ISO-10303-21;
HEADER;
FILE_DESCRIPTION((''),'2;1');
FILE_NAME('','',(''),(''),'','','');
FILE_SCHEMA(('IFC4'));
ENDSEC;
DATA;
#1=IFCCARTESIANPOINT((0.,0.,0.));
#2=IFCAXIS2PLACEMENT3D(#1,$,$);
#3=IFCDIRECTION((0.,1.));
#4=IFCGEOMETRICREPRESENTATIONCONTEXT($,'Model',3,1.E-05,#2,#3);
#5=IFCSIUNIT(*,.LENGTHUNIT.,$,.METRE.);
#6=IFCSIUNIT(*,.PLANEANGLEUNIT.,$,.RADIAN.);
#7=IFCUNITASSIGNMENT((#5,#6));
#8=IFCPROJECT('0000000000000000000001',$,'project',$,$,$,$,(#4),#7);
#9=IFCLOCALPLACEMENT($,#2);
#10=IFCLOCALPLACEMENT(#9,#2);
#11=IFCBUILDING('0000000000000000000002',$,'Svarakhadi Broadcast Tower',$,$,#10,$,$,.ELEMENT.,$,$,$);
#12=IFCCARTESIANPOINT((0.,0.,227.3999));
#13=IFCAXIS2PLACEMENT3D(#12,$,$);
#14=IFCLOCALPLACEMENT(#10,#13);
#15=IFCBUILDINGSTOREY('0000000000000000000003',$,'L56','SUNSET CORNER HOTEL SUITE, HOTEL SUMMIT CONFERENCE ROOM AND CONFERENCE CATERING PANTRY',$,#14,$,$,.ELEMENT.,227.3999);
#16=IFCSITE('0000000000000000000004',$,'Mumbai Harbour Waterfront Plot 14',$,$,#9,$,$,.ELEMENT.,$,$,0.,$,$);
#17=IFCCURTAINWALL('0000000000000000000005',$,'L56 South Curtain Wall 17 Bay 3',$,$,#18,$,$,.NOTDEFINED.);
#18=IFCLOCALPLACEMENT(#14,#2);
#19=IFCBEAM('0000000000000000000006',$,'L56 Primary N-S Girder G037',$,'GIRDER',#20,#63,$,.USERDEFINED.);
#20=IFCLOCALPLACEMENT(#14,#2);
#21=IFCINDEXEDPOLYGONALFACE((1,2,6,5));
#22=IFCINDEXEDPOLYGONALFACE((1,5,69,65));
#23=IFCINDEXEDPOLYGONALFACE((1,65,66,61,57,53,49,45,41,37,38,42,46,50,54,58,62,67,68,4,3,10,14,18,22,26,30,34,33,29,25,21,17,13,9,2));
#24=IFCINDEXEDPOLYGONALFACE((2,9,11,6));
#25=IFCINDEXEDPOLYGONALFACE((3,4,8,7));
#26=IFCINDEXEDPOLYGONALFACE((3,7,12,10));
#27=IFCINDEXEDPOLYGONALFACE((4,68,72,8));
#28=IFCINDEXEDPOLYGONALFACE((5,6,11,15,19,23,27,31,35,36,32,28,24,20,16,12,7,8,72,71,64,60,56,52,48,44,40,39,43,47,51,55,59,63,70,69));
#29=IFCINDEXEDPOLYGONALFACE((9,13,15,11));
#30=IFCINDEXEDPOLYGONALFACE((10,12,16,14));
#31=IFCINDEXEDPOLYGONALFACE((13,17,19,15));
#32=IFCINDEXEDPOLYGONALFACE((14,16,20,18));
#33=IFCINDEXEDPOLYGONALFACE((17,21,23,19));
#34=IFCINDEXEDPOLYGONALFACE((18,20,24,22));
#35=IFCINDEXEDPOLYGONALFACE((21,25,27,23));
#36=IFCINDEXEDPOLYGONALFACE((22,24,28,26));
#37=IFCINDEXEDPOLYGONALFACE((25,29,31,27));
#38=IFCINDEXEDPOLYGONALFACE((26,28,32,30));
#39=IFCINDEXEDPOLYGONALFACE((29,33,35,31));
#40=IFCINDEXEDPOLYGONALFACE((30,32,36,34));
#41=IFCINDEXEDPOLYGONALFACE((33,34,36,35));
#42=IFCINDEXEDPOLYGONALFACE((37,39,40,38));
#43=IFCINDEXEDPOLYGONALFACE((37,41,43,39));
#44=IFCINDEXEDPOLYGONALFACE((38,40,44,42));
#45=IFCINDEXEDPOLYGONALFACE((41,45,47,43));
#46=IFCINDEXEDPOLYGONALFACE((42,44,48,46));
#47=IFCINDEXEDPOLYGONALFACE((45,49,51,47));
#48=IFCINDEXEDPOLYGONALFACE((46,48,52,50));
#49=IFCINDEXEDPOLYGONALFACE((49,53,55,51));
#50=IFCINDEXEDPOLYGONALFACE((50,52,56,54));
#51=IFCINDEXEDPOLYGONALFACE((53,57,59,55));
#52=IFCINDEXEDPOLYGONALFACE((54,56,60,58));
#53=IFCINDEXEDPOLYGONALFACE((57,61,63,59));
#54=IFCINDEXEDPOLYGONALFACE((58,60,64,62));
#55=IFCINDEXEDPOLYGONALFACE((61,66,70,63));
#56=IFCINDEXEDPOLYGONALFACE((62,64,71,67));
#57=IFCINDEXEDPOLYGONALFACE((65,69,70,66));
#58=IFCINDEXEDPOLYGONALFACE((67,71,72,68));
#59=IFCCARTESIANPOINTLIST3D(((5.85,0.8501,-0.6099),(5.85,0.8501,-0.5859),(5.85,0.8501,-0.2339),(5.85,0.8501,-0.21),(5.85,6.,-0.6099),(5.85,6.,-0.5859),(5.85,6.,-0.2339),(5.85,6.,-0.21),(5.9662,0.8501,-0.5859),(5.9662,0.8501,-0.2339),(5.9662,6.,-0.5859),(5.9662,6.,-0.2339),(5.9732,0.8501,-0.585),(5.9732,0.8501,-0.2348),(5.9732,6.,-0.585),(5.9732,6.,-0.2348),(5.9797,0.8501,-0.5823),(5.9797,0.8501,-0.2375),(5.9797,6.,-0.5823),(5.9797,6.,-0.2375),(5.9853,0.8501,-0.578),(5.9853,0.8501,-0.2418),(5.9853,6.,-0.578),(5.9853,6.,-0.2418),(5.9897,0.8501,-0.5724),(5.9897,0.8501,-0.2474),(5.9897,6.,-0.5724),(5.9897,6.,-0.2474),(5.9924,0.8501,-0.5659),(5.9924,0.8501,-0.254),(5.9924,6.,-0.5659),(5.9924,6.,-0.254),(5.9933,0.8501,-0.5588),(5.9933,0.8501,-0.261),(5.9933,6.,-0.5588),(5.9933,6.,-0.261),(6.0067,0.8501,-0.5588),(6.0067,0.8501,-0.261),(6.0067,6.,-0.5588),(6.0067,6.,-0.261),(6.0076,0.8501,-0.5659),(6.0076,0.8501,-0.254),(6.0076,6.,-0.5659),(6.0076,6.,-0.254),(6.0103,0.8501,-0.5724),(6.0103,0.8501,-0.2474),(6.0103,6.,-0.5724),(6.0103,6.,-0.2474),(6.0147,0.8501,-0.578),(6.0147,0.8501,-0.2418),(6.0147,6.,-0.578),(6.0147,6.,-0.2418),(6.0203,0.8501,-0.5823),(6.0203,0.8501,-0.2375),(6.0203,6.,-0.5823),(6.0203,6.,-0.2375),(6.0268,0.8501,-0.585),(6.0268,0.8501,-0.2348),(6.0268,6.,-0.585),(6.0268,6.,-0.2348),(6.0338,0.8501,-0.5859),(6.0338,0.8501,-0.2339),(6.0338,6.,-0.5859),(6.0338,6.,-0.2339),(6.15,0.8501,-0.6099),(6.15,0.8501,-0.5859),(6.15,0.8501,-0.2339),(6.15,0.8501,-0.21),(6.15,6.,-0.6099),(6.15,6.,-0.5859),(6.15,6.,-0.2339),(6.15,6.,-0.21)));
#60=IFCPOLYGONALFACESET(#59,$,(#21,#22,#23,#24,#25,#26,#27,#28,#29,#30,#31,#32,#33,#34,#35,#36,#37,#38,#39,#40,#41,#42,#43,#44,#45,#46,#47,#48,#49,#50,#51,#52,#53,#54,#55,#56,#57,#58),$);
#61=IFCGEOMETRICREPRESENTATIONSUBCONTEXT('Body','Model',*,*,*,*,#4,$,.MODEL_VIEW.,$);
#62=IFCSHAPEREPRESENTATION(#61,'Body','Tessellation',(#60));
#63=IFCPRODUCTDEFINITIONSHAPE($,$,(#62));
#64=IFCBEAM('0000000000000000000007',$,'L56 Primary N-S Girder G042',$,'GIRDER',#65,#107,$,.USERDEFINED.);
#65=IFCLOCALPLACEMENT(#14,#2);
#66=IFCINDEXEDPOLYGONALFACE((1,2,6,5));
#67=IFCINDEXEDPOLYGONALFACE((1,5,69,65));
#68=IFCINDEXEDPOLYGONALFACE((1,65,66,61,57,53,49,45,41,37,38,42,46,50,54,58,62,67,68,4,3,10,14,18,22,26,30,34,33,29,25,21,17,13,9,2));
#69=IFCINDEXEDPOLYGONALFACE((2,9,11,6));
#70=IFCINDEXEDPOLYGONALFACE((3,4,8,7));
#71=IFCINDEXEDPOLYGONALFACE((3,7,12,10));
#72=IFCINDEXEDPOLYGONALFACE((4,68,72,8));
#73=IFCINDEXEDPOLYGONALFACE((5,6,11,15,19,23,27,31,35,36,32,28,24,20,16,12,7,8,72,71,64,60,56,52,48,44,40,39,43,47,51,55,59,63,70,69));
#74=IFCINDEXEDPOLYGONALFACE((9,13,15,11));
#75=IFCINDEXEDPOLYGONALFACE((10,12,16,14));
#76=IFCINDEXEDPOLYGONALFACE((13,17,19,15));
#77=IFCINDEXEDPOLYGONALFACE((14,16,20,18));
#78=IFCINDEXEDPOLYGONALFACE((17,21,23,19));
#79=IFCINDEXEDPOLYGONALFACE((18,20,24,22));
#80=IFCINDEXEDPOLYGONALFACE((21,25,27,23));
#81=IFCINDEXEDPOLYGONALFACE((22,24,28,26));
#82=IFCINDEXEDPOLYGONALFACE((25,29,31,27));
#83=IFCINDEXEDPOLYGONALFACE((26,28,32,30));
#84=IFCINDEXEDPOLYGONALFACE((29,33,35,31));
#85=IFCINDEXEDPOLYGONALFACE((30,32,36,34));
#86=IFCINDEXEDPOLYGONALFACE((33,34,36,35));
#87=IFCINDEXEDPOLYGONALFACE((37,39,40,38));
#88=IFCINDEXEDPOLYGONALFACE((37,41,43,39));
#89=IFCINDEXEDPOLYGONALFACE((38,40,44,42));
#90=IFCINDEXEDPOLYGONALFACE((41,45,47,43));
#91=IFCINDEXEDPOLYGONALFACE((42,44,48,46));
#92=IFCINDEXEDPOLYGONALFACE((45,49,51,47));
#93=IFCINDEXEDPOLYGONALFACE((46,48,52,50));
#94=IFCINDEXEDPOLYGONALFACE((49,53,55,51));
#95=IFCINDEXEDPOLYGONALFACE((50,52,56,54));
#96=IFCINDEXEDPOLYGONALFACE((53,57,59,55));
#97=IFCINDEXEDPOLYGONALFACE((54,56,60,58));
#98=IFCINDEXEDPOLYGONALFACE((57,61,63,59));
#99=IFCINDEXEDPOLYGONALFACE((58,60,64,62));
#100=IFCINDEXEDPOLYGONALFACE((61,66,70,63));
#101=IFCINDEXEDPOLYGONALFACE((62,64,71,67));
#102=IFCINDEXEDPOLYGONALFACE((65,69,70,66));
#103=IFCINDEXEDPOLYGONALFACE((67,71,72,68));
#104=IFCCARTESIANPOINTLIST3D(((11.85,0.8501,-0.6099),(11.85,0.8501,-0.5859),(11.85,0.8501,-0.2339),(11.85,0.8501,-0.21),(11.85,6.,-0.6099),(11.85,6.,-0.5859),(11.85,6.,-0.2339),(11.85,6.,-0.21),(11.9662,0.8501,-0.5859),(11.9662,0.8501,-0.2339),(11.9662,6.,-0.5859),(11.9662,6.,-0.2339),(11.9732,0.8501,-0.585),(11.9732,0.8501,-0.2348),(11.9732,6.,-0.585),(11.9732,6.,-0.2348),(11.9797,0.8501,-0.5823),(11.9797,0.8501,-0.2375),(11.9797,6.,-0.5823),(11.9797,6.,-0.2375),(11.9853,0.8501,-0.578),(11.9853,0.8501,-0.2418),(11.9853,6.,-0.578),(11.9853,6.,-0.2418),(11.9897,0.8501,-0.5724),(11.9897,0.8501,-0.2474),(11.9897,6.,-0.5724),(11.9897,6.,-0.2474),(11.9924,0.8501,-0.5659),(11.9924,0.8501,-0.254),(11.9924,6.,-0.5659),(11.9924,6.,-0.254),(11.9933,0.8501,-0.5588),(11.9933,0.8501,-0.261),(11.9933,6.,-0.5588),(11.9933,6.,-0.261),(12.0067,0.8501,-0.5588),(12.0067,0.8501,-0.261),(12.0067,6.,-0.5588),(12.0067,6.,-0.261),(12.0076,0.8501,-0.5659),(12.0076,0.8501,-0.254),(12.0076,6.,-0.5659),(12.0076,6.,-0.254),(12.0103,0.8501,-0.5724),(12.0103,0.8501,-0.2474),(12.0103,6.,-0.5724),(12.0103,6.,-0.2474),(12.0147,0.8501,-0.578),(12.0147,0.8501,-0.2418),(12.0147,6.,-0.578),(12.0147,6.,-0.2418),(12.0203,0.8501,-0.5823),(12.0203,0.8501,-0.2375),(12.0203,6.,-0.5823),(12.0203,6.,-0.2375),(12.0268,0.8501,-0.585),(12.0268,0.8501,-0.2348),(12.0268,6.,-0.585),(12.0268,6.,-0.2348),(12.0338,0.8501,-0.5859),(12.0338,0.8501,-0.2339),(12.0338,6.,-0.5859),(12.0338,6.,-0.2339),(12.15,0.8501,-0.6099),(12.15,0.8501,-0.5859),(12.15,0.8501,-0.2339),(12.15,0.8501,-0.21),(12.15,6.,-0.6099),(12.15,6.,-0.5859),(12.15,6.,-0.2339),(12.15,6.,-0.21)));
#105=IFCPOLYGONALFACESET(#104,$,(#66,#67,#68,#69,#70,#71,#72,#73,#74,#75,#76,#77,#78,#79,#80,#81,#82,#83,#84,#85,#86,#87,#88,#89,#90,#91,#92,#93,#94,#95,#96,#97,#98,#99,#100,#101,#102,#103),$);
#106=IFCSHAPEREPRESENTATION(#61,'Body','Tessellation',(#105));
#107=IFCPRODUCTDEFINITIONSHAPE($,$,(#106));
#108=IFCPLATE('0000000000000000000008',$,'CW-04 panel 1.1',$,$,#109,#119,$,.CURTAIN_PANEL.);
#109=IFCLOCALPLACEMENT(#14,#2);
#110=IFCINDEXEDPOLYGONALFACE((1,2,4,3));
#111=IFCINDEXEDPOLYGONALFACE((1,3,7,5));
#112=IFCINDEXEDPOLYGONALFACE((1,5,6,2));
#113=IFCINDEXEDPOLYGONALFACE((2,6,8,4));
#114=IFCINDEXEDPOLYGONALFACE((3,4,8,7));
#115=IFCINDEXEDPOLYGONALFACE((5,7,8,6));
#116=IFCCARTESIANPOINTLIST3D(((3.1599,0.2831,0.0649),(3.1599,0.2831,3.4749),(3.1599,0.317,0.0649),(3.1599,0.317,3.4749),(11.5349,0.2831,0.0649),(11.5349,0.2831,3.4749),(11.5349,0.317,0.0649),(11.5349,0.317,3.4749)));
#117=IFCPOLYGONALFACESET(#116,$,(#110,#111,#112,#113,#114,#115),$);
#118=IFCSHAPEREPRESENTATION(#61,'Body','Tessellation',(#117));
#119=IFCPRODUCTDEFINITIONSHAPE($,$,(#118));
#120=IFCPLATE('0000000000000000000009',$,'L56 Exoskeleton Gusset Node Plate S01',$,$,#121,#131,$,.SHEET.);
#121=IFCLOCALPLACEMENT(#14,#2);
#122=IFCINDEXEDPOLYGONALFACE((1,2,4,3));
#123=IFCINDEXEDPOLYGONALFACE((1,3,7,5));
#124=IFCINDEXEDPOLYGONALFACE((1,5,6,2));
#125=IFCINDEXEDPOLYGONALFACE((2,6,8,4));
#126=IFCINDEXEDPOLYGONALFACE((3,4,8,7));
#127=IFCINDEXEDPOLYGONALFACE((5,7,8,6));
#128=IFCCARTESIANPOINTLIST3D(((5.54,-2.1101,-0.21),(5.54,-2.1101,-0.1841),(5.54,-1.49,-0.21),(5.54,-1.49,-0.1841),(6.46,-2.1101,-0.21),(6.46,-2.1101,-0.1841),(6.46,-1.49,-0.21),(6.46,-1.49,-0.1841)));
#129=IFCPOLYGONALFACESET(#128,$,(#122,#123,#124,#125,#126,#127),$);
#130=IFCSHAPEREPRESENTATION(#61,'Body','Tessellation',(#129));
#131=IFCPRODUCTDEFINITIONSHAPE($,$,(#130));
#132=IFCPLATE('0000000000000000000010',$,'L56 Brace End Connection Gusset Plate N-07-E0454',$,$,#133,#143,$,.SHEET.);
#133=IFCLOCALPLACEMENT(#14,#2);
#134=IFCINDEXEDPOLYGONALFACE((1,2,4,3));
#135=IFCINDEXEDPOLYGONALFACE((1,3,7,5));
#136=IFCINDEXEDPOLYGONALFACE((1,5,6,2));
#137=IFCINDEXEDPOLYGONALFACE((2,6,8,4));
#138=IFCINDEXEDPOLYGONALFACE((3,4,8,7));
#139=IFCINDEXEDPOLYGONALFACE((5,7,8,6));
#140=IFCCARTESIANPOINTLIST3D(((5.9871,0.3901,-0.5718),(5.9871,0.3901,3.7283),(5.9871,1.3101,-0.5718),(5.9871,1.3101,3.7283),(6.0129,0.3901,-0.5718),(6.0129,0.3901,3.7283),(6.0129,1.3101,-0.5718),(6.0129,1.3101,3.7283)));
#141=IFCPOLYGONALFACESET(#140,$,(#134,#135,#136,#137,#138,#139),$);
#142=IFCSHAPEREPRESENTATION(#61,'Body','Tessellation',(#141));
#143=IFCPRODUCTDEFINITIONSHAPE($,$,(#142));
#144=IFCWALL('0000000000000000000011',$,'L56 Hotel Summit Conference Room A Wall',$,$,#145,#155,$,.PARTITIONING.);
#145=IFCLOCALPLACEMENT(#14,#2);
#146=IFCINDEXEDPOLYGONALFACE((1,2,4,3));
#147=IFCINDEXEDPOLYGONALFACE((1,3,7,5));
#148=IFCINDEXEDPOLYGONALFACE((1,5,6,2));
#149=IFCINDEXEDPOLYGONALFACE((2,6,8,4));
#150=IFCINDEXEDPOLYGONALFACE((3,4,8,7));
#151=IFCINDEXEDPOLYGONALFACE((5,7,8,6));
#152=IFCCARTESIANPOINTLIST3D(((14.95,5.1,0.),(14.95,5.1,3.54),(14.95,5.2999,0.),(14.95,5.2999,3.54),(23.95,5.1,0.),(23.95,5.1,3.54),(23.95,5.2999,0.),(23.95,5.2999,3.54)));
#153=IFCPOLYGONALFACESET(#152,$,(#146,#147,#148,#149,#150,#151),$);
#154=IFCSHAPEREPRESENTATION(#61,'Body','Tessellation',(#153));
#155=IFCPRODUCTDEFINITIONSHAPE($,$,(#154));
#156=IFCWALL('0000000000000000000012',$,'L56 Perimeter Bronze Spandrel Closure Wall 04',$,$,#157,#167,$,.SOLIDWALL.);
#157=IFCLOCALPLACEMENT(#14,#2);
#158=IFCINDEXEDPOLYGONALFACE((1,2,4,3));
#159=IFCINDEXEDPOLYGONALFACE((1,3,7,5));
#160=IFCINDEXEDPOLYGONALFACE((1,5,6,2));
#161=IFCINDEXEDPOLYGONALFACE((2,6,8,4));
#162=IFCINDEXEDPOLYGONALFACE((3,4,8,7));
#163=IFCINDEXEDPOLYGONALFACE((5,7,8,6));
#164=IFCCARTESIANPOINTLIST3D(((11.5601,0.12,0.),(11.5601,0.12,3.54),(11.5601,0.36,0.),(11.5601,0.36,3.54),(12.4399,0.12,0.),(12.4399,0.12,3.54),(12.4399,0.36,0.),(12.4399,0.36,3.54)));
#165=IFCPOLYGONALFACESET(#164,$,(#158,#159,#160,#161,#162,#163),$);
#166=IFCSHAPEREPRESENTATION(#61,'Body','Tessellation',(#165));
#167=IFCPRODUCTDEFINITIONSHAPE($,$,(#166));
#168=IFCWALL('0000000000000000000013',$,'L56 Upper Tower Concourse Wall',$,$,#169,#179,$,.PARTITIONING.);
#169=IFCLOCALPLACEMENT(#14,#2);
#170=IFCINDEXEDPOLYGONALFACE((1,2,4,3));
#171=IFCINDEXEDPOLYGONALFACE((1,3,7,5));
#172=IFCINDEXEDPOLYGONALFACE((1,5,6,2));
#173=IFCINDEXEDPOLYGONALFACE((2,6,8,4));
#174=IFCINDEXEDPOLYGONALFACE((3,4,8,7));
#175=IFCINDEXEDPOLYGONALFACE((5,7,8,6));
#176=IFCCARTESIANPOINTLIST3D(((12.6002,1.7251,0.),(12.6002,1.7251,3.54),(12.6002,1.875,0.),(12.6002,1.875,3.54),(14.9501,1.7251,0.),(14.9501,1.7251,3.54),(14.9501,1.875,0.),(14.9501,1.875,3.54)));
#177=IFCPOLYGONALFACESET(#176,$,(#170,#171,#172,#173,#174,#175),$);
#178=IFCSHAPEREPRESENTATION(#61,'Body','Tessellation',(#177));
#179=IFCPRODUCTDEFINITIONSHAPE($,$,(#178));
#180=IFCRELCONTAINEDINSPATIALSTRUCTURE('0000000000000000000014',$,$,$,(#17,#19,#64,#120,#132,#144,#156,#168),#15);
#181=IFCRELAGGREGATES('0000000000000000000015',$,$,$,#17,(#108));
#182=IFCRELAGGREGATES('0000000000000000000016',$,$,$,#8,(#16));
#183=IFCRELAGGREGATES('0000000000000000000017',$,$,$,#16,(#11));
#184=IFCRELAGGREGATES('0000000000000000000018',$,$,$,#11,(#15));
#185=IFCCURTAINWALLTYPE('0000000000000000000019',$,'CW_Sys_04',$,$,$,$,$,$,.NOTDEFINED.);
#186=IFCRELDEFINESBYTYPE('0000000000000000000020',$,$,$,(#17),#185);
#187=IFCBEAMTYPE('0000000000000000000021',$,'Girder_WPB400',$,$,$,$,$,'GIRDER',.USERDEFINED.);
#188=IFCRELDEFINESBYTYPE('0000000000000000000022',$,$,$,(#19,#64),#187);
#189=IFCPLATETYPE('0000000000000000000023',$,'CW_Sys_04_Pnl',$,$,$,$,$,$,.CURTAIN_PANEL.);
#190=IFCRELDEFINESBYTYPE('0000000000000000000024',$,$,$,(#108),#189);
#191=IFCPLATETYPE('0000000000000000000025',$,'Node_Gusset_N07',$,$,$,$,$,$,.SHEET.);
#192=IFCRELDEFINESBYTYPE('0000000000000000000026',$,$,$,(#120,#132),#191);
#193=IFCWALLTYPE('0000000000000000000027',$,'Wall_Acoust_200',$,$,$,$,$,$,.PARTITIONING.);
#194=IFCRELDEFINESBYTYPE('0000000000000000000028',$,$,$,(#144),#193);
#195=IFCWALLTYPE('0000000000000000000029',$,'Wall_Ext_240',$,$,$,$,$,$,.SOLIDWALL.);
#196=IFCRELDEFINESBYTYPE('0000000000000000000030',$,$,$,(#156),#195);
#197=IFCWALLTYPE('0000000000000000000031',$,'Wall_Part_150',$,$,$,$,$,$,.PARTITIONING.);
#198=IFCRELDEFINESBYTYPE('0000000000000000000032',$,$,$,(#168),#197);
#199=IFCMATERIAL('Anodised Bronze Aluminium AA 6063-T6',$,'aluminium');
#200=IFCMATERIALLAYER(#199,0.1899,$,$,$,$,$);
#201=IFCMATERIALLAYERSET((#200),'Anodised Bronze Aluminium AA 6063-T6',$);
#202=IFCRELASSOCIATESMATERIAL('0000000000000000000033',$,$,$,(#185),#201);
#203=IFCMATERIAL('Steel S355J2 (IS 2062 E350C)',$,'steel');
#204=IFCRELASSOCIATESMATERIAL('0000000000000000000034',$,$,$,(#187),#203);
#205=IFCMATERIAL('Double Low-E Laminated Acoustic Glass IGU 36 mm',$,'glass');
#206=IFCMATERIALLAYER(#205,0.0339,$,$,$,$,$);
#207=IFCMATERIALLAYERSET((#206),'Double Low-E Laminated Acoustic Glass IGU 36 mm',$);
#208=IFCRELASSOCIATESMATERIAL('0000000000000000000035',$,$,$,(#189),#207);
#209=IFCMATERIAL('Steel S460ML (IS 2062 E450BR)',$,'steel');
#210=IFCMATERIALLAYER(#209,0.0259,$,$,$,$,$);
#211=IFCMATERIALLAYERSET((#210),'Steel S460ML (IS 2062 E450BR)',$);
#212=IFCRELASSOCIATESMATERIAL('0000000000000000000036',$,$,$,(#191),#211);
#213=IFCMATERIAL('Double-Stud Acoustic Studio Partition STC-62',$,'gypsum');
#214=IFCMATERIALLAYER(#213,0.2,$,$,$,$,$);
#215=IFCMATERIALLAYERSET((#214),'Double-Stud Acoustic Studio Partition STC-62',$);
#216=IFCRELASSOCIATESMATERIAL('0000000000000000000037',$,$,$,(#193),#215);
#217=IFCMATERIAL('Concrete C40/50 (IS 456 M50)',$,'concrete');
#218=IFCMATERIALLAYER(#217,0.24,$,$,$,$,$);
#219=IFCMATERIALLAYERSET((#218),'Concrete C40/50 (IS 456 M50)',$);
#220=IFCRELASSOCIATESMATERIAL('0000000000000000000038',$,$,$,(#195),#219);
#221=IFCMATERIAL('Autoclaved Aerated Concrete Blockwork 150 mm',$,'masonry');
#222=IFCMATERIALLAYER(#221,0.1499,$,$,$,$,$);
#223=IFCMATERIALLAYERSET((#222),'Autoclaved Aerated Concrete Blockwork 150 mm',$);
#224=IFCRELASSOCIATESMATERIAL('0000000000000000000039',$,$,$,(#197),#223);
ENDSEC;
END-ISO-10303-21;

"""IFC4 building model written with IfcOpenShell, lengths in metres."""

from ifc_helpers import new_model, si_unit, direction, frame, frame_2d, origin, origin_2d, place, context, subcontext, project, spatial, rectangle, i_section, extrude, material, layer, layer_set, material_profile, profile_set, type_object, element, aggregate, save


model = new_model("IFC4")

# Units and contexts
model_context = context("Model", 3, precision=1e-05, world=origin(), true_north=direction((0.0, 1.0)))
body_context = subcontext(model_context, "Body", "Model", "MODEL_VIEW")
ifc_project = project(units=[si_unit("LENGTHUNIT", "METRE"), si_unit("PLANEANGLEUNIT", "RADIAN")], contexts=[model_context])

# Site, building, storey
site_placement = place(None, origin())
site = spatial("IfcSite", under=ifc_project, at=site_placement, Name="Mumbai Harbour Waterfront Plot 14", CompositionType="ELEMENT", RefElevation=0.0)
building_placement = place(site_placement, origin())
building = spatial("IfcBuilding", under=site, at=building_placement, Name="Svarakhadi Broadcast Tower", CompositionType="ELEMENT")
storey_placement = place(building_placement, frame((0.0, 0.0, 227.3999)))
storey = spatial("IfcBuildingStorey", under=building, at=storey_placement, Name="L56", Description="SUNSET CORNER HOTEL SUITE, HOTEL SUMMIT CONFERENCE ROOM AND CONFERENCE CATERING PANTRY", CompositionType="ELEMENT", Elevation=227.3999)

# Shared definitions
ifc_material_1 = material(Name="Steel S460ML (IS 2062 E450BR)", Category="steel")

# Shared definitions
ifc_material_2 = material(Name="Steel S355J2 (IS 2062 E350C)", Category="steel")

# Shared definitions
ifc_material_3 = material(Name="Anodised Bronze Aluminium AA 6063-T6", Category="aluminium")
ifc_layer_1 = layer(ifc_material_3, 0.1899)
ifc_layer_set_1 = layer_set([ifc_layer_1], Name="Anodised Bronze Aluminium AA 6063-T6")
curtain_wall_type = type_object("IfcCurtainWallType", Name="CW_Sys_04", PredefinedType="NOTDEFINED", material=ifc_layer_set_1)

# Curtain wall
curtain_wall_1_placement = place(storey_placement, origin())
curtain_wall_1 = element("IfcCurtainWall", 1, at=curtain_wall_1_placement, inside=storey, type_object=curtain_wall_type, Name="L56 South Curtain Wall 17 Bay 3", PredefinedType="NOTDEFINED")

# Beams
ifc_material_profile_1 = material_profile(ifc_material_2, i_section(OverallWidth=0.3, OverallDepth=0.3999, WebThickness=0.0134, FlangeThickness=0.0239, FilletRadius=0.0271, at=origin_2d()), Name="WPB 400x300x155")
ifc_profile_set_1 = profile_set([ifc_material_profile_1], Name="Steel S355J2 (IS 2062 E350C)")
beam_type_1 = type_object("IfcBeamType", Name="Girder_WPB400", ElementType="GIRDER", PredefinedType="USERDEFINED", material=ifc_profile_set_1)
for number, where, z_axis, x_axis, name in (
    (2, (6.0, 0.8501, -0.4099), (0.0, 1.0, 0.0), (-1.0, 0.0, 0.0), "L56 Primary N-S Girder G037"),
    (3, (12.0, 0.8501, -0.4099), (0.0, 1.0, 0.0), (-1.0, 0.0, 0.0), "L56 Primary N-S Girder G042"),
):
    element("IfcBeam", number, at=place(storey_placement, frame(where, z_axis=z_axis, x_axis=x_axis)), inside=storey, type_object=beam_type_1, Name=name, ObjectType="GIRDER", PredefinedType="USERDEFINED", context=body_context, shape_type="SweptSolid", body=[
        extrude(i_section(OverallWidth=0.3, OverallDepth=0.3999, WebThickness=0.0134, FlangeThickness=0.0239, FilletRadius=0.0271, at=origin_2d()), origin(), (0.0, 0.0, 1.0), 5.1499),
    ])

# Plate
ifc_material_4 = material(Name="Double Low-E Laminated Acoustic Glass IGU 36 mm", Category="glass")
ifc_layer_2 = layer(ifc_material_4, 0.0339)
ifc_layer_set_2 = layer_set([ifc_layer_2], Name="Double Low-E Laminated Acoustic Glass IGU 36 mm")
plate_type_1 = type_object("IfcPlateType", Name="CW_Sys_04_Pnl", PredefinedType="CURTAIN_PANEL", material=ifc_layer_set_2)
plate_1_placement = place(storey_placement, frame((7.3474, 0.3, 0.0649), z_axis=(0.0, 0.0, 1.0), x_axis=(-1.0, 0.0, 0.0)))
plate_1 = element("IfcPlate", 4, at=plate_1_placement, type_object=plate_type_1, Name="CW-04 panel 1.1", PredefinedType="CURTAIN_PANEL", context=body_context, shape_type="SweptSolid", body=[
    extrude(rectangle(XDim=8.375, YDim=0.0339, at=origin_2d()), origin(), (0.0, 0.0, 1.0), 3.4099),
])
aggregate(curtain_wall_1, [plate_1])

# Plates
ifc_layer_3 = layer(ifc_material_1, 0.0259)
ifc_layer_set_3 = layer_set([ifc_layer_3], Name="Steel S460ML (IS 2062 E450BR)")
plate_type_2 = type_object("IfcPlateType", Name="Node_Gusset_N07", PredefinedType="SHEET", material=ifc_layer_set_3)
plate_2_placement = place(storey_placement, frame((6.0, -1.8, -0.21), z_axis=(0.0, 0.0, 1.0), x_axis=(1.0, 0.0, 0.0)))
element("IfcPlate", 5, at=plate_2_placement, inside=storey, type_object=plate_type_2, Name="L56 Exoskeleton Gusset Node Plate S01", PredefinedType="SHEET", context=body_context, shape_type="SweptSolid", body=[
    extrude(rectangle(XDim=0.9199, YDim=0.6201, at=origin_2d()), origin(), (0.0, 0.0, 1.0), 0.0259),
])
plate_3_placement = place(storey_placement, frame((6.0, 0.8501, -0.5718), z_axis=(0.0, 0.0, 1.0), x_axis=(0.0, 1.0, 0.0)))
element("IfcPlate", 6, at=plate_3_placement, inside=storey, type_object=plate_type_2, Name="L56 Brace End Connection Gusset Plate N-07-E0454", PredefinedType="SHEET", context=body_context, shape_type="SweptSolid", body=[
    extrude(rectangle(XDim=0.9199, YDim=0.0259, at=origin_2d()), origin(), (0.0, 0.0, 1.0), 4.3),
])

# Walls
ifc_material_5 = material(Name="Double-Stud Acoustic Studio Partition STC-62", Category="gypsum")
ifc_layer_4 = layer(ifc_material_5, 0.2)
ifc_layer_set_4 = layer_set([ifc_layer_4], Name="Double-Stud Acoustic Studio Partition STC-62")
wall_type_1 = type_object("IfcWallType", Name="Wall_Acoust_200", PredefinedType="PARTITIONING", material=ifc_layer_set_4)
wall_1_placement = place(storey_placement, frame((14.95, 5.2, 0.0), z_axis=(0.0, 0.0, 1.0), x_axis=(1.0, 0.0, 0.0)))
element("IfcWall", 7, at=wall_1_placement, inside=storey, type_object=wall_type_1, Name="L56 Hotel Summit Conference Room A Wall", PredefinedType="PARTITIONING", context=body_context, shape_type="SweptSolid", body=[
    extrude(rectangle(XDim=9.0, YDim=0.2, at=frame_2d((4.5, 0.0))), origin(), (0.0, 0.0, 1.0), 3.54),
])
ifc_material_6 = material(Name="Concrete C40/50 (IS 456 M50)", Category="concrete")
ifc_layer_5 = layer(ifc_material_6, 0.24)
ifc_layer_set_5 = layer_set([ifc_layer_5], Name="Concrete C40/50 (IS 456 M50)")
wall_type_2 = type_object("IfcWallType", Name="Wall_Ext_240", PredefinedType="SOLIDWALL", material=ifc_layer_set_5)
wall_2_placement = place(storey_placement, frame((12.4399, 0.24, 0.0), z_axis=(0.0, 0.0, 1.0), x_axis=(-1.0, 0.0, 0.0)))
element("IfcWall", 8, at=wall_2_placement, inside=storey, type_object=wall_type_2, Name="L56 Perimeter Bronze Spandrel Closure Wall 04", PredefinedType="SOLIDWALL", context=body_context, shape_type="SweptSolid", body=[
    extrude(rectangle(XDim=0.8799, YDim=0.24, at=frame_2d((0.4399, 0.0))), origin(), (0.0, 0.0, 1.0), 3.54),
])
ifc_material_7 = material(Name="Autoclaved Aerated Concrete Blockwork 150 mm", Category="masonry")
ifc_layer_6 = layer(ifc_material_7, 0.1499)
ifc_layer_set_6 = layer_set([ifc_layer_6], Name="Autoclaved Aerated Concrete Blockwork 150 mm")
wall_type_3 = type_object("IfcWallType", Name="Wall_Part_150", PredefinedType="PARTITIONING", material=ifc_layer_set_6)
wall_3_placement = place(storey_placement, frame((14.95, 1.8, 0.0), z_axis=(0.0, 0.0, 1.0), x_axis=(-1.0, 0.0, 0.0)))
element("IfcWall", 9, at=wall_3_placement, inside=storey, type_object=wall_type_3, Name="L56 Upper Tower Concourse Wall", PredefinedType="PARTITIONING", context=body_context, shape_type="SweptSolid", body=[
    extrude(rectangle(XDim=2.3499, YDim=0.1499, at=frame_2d((1.1748, 0.0))), origin(), (0.0, 0.0, 1.0), 3.54),
])

save(model, "model.ifc")
